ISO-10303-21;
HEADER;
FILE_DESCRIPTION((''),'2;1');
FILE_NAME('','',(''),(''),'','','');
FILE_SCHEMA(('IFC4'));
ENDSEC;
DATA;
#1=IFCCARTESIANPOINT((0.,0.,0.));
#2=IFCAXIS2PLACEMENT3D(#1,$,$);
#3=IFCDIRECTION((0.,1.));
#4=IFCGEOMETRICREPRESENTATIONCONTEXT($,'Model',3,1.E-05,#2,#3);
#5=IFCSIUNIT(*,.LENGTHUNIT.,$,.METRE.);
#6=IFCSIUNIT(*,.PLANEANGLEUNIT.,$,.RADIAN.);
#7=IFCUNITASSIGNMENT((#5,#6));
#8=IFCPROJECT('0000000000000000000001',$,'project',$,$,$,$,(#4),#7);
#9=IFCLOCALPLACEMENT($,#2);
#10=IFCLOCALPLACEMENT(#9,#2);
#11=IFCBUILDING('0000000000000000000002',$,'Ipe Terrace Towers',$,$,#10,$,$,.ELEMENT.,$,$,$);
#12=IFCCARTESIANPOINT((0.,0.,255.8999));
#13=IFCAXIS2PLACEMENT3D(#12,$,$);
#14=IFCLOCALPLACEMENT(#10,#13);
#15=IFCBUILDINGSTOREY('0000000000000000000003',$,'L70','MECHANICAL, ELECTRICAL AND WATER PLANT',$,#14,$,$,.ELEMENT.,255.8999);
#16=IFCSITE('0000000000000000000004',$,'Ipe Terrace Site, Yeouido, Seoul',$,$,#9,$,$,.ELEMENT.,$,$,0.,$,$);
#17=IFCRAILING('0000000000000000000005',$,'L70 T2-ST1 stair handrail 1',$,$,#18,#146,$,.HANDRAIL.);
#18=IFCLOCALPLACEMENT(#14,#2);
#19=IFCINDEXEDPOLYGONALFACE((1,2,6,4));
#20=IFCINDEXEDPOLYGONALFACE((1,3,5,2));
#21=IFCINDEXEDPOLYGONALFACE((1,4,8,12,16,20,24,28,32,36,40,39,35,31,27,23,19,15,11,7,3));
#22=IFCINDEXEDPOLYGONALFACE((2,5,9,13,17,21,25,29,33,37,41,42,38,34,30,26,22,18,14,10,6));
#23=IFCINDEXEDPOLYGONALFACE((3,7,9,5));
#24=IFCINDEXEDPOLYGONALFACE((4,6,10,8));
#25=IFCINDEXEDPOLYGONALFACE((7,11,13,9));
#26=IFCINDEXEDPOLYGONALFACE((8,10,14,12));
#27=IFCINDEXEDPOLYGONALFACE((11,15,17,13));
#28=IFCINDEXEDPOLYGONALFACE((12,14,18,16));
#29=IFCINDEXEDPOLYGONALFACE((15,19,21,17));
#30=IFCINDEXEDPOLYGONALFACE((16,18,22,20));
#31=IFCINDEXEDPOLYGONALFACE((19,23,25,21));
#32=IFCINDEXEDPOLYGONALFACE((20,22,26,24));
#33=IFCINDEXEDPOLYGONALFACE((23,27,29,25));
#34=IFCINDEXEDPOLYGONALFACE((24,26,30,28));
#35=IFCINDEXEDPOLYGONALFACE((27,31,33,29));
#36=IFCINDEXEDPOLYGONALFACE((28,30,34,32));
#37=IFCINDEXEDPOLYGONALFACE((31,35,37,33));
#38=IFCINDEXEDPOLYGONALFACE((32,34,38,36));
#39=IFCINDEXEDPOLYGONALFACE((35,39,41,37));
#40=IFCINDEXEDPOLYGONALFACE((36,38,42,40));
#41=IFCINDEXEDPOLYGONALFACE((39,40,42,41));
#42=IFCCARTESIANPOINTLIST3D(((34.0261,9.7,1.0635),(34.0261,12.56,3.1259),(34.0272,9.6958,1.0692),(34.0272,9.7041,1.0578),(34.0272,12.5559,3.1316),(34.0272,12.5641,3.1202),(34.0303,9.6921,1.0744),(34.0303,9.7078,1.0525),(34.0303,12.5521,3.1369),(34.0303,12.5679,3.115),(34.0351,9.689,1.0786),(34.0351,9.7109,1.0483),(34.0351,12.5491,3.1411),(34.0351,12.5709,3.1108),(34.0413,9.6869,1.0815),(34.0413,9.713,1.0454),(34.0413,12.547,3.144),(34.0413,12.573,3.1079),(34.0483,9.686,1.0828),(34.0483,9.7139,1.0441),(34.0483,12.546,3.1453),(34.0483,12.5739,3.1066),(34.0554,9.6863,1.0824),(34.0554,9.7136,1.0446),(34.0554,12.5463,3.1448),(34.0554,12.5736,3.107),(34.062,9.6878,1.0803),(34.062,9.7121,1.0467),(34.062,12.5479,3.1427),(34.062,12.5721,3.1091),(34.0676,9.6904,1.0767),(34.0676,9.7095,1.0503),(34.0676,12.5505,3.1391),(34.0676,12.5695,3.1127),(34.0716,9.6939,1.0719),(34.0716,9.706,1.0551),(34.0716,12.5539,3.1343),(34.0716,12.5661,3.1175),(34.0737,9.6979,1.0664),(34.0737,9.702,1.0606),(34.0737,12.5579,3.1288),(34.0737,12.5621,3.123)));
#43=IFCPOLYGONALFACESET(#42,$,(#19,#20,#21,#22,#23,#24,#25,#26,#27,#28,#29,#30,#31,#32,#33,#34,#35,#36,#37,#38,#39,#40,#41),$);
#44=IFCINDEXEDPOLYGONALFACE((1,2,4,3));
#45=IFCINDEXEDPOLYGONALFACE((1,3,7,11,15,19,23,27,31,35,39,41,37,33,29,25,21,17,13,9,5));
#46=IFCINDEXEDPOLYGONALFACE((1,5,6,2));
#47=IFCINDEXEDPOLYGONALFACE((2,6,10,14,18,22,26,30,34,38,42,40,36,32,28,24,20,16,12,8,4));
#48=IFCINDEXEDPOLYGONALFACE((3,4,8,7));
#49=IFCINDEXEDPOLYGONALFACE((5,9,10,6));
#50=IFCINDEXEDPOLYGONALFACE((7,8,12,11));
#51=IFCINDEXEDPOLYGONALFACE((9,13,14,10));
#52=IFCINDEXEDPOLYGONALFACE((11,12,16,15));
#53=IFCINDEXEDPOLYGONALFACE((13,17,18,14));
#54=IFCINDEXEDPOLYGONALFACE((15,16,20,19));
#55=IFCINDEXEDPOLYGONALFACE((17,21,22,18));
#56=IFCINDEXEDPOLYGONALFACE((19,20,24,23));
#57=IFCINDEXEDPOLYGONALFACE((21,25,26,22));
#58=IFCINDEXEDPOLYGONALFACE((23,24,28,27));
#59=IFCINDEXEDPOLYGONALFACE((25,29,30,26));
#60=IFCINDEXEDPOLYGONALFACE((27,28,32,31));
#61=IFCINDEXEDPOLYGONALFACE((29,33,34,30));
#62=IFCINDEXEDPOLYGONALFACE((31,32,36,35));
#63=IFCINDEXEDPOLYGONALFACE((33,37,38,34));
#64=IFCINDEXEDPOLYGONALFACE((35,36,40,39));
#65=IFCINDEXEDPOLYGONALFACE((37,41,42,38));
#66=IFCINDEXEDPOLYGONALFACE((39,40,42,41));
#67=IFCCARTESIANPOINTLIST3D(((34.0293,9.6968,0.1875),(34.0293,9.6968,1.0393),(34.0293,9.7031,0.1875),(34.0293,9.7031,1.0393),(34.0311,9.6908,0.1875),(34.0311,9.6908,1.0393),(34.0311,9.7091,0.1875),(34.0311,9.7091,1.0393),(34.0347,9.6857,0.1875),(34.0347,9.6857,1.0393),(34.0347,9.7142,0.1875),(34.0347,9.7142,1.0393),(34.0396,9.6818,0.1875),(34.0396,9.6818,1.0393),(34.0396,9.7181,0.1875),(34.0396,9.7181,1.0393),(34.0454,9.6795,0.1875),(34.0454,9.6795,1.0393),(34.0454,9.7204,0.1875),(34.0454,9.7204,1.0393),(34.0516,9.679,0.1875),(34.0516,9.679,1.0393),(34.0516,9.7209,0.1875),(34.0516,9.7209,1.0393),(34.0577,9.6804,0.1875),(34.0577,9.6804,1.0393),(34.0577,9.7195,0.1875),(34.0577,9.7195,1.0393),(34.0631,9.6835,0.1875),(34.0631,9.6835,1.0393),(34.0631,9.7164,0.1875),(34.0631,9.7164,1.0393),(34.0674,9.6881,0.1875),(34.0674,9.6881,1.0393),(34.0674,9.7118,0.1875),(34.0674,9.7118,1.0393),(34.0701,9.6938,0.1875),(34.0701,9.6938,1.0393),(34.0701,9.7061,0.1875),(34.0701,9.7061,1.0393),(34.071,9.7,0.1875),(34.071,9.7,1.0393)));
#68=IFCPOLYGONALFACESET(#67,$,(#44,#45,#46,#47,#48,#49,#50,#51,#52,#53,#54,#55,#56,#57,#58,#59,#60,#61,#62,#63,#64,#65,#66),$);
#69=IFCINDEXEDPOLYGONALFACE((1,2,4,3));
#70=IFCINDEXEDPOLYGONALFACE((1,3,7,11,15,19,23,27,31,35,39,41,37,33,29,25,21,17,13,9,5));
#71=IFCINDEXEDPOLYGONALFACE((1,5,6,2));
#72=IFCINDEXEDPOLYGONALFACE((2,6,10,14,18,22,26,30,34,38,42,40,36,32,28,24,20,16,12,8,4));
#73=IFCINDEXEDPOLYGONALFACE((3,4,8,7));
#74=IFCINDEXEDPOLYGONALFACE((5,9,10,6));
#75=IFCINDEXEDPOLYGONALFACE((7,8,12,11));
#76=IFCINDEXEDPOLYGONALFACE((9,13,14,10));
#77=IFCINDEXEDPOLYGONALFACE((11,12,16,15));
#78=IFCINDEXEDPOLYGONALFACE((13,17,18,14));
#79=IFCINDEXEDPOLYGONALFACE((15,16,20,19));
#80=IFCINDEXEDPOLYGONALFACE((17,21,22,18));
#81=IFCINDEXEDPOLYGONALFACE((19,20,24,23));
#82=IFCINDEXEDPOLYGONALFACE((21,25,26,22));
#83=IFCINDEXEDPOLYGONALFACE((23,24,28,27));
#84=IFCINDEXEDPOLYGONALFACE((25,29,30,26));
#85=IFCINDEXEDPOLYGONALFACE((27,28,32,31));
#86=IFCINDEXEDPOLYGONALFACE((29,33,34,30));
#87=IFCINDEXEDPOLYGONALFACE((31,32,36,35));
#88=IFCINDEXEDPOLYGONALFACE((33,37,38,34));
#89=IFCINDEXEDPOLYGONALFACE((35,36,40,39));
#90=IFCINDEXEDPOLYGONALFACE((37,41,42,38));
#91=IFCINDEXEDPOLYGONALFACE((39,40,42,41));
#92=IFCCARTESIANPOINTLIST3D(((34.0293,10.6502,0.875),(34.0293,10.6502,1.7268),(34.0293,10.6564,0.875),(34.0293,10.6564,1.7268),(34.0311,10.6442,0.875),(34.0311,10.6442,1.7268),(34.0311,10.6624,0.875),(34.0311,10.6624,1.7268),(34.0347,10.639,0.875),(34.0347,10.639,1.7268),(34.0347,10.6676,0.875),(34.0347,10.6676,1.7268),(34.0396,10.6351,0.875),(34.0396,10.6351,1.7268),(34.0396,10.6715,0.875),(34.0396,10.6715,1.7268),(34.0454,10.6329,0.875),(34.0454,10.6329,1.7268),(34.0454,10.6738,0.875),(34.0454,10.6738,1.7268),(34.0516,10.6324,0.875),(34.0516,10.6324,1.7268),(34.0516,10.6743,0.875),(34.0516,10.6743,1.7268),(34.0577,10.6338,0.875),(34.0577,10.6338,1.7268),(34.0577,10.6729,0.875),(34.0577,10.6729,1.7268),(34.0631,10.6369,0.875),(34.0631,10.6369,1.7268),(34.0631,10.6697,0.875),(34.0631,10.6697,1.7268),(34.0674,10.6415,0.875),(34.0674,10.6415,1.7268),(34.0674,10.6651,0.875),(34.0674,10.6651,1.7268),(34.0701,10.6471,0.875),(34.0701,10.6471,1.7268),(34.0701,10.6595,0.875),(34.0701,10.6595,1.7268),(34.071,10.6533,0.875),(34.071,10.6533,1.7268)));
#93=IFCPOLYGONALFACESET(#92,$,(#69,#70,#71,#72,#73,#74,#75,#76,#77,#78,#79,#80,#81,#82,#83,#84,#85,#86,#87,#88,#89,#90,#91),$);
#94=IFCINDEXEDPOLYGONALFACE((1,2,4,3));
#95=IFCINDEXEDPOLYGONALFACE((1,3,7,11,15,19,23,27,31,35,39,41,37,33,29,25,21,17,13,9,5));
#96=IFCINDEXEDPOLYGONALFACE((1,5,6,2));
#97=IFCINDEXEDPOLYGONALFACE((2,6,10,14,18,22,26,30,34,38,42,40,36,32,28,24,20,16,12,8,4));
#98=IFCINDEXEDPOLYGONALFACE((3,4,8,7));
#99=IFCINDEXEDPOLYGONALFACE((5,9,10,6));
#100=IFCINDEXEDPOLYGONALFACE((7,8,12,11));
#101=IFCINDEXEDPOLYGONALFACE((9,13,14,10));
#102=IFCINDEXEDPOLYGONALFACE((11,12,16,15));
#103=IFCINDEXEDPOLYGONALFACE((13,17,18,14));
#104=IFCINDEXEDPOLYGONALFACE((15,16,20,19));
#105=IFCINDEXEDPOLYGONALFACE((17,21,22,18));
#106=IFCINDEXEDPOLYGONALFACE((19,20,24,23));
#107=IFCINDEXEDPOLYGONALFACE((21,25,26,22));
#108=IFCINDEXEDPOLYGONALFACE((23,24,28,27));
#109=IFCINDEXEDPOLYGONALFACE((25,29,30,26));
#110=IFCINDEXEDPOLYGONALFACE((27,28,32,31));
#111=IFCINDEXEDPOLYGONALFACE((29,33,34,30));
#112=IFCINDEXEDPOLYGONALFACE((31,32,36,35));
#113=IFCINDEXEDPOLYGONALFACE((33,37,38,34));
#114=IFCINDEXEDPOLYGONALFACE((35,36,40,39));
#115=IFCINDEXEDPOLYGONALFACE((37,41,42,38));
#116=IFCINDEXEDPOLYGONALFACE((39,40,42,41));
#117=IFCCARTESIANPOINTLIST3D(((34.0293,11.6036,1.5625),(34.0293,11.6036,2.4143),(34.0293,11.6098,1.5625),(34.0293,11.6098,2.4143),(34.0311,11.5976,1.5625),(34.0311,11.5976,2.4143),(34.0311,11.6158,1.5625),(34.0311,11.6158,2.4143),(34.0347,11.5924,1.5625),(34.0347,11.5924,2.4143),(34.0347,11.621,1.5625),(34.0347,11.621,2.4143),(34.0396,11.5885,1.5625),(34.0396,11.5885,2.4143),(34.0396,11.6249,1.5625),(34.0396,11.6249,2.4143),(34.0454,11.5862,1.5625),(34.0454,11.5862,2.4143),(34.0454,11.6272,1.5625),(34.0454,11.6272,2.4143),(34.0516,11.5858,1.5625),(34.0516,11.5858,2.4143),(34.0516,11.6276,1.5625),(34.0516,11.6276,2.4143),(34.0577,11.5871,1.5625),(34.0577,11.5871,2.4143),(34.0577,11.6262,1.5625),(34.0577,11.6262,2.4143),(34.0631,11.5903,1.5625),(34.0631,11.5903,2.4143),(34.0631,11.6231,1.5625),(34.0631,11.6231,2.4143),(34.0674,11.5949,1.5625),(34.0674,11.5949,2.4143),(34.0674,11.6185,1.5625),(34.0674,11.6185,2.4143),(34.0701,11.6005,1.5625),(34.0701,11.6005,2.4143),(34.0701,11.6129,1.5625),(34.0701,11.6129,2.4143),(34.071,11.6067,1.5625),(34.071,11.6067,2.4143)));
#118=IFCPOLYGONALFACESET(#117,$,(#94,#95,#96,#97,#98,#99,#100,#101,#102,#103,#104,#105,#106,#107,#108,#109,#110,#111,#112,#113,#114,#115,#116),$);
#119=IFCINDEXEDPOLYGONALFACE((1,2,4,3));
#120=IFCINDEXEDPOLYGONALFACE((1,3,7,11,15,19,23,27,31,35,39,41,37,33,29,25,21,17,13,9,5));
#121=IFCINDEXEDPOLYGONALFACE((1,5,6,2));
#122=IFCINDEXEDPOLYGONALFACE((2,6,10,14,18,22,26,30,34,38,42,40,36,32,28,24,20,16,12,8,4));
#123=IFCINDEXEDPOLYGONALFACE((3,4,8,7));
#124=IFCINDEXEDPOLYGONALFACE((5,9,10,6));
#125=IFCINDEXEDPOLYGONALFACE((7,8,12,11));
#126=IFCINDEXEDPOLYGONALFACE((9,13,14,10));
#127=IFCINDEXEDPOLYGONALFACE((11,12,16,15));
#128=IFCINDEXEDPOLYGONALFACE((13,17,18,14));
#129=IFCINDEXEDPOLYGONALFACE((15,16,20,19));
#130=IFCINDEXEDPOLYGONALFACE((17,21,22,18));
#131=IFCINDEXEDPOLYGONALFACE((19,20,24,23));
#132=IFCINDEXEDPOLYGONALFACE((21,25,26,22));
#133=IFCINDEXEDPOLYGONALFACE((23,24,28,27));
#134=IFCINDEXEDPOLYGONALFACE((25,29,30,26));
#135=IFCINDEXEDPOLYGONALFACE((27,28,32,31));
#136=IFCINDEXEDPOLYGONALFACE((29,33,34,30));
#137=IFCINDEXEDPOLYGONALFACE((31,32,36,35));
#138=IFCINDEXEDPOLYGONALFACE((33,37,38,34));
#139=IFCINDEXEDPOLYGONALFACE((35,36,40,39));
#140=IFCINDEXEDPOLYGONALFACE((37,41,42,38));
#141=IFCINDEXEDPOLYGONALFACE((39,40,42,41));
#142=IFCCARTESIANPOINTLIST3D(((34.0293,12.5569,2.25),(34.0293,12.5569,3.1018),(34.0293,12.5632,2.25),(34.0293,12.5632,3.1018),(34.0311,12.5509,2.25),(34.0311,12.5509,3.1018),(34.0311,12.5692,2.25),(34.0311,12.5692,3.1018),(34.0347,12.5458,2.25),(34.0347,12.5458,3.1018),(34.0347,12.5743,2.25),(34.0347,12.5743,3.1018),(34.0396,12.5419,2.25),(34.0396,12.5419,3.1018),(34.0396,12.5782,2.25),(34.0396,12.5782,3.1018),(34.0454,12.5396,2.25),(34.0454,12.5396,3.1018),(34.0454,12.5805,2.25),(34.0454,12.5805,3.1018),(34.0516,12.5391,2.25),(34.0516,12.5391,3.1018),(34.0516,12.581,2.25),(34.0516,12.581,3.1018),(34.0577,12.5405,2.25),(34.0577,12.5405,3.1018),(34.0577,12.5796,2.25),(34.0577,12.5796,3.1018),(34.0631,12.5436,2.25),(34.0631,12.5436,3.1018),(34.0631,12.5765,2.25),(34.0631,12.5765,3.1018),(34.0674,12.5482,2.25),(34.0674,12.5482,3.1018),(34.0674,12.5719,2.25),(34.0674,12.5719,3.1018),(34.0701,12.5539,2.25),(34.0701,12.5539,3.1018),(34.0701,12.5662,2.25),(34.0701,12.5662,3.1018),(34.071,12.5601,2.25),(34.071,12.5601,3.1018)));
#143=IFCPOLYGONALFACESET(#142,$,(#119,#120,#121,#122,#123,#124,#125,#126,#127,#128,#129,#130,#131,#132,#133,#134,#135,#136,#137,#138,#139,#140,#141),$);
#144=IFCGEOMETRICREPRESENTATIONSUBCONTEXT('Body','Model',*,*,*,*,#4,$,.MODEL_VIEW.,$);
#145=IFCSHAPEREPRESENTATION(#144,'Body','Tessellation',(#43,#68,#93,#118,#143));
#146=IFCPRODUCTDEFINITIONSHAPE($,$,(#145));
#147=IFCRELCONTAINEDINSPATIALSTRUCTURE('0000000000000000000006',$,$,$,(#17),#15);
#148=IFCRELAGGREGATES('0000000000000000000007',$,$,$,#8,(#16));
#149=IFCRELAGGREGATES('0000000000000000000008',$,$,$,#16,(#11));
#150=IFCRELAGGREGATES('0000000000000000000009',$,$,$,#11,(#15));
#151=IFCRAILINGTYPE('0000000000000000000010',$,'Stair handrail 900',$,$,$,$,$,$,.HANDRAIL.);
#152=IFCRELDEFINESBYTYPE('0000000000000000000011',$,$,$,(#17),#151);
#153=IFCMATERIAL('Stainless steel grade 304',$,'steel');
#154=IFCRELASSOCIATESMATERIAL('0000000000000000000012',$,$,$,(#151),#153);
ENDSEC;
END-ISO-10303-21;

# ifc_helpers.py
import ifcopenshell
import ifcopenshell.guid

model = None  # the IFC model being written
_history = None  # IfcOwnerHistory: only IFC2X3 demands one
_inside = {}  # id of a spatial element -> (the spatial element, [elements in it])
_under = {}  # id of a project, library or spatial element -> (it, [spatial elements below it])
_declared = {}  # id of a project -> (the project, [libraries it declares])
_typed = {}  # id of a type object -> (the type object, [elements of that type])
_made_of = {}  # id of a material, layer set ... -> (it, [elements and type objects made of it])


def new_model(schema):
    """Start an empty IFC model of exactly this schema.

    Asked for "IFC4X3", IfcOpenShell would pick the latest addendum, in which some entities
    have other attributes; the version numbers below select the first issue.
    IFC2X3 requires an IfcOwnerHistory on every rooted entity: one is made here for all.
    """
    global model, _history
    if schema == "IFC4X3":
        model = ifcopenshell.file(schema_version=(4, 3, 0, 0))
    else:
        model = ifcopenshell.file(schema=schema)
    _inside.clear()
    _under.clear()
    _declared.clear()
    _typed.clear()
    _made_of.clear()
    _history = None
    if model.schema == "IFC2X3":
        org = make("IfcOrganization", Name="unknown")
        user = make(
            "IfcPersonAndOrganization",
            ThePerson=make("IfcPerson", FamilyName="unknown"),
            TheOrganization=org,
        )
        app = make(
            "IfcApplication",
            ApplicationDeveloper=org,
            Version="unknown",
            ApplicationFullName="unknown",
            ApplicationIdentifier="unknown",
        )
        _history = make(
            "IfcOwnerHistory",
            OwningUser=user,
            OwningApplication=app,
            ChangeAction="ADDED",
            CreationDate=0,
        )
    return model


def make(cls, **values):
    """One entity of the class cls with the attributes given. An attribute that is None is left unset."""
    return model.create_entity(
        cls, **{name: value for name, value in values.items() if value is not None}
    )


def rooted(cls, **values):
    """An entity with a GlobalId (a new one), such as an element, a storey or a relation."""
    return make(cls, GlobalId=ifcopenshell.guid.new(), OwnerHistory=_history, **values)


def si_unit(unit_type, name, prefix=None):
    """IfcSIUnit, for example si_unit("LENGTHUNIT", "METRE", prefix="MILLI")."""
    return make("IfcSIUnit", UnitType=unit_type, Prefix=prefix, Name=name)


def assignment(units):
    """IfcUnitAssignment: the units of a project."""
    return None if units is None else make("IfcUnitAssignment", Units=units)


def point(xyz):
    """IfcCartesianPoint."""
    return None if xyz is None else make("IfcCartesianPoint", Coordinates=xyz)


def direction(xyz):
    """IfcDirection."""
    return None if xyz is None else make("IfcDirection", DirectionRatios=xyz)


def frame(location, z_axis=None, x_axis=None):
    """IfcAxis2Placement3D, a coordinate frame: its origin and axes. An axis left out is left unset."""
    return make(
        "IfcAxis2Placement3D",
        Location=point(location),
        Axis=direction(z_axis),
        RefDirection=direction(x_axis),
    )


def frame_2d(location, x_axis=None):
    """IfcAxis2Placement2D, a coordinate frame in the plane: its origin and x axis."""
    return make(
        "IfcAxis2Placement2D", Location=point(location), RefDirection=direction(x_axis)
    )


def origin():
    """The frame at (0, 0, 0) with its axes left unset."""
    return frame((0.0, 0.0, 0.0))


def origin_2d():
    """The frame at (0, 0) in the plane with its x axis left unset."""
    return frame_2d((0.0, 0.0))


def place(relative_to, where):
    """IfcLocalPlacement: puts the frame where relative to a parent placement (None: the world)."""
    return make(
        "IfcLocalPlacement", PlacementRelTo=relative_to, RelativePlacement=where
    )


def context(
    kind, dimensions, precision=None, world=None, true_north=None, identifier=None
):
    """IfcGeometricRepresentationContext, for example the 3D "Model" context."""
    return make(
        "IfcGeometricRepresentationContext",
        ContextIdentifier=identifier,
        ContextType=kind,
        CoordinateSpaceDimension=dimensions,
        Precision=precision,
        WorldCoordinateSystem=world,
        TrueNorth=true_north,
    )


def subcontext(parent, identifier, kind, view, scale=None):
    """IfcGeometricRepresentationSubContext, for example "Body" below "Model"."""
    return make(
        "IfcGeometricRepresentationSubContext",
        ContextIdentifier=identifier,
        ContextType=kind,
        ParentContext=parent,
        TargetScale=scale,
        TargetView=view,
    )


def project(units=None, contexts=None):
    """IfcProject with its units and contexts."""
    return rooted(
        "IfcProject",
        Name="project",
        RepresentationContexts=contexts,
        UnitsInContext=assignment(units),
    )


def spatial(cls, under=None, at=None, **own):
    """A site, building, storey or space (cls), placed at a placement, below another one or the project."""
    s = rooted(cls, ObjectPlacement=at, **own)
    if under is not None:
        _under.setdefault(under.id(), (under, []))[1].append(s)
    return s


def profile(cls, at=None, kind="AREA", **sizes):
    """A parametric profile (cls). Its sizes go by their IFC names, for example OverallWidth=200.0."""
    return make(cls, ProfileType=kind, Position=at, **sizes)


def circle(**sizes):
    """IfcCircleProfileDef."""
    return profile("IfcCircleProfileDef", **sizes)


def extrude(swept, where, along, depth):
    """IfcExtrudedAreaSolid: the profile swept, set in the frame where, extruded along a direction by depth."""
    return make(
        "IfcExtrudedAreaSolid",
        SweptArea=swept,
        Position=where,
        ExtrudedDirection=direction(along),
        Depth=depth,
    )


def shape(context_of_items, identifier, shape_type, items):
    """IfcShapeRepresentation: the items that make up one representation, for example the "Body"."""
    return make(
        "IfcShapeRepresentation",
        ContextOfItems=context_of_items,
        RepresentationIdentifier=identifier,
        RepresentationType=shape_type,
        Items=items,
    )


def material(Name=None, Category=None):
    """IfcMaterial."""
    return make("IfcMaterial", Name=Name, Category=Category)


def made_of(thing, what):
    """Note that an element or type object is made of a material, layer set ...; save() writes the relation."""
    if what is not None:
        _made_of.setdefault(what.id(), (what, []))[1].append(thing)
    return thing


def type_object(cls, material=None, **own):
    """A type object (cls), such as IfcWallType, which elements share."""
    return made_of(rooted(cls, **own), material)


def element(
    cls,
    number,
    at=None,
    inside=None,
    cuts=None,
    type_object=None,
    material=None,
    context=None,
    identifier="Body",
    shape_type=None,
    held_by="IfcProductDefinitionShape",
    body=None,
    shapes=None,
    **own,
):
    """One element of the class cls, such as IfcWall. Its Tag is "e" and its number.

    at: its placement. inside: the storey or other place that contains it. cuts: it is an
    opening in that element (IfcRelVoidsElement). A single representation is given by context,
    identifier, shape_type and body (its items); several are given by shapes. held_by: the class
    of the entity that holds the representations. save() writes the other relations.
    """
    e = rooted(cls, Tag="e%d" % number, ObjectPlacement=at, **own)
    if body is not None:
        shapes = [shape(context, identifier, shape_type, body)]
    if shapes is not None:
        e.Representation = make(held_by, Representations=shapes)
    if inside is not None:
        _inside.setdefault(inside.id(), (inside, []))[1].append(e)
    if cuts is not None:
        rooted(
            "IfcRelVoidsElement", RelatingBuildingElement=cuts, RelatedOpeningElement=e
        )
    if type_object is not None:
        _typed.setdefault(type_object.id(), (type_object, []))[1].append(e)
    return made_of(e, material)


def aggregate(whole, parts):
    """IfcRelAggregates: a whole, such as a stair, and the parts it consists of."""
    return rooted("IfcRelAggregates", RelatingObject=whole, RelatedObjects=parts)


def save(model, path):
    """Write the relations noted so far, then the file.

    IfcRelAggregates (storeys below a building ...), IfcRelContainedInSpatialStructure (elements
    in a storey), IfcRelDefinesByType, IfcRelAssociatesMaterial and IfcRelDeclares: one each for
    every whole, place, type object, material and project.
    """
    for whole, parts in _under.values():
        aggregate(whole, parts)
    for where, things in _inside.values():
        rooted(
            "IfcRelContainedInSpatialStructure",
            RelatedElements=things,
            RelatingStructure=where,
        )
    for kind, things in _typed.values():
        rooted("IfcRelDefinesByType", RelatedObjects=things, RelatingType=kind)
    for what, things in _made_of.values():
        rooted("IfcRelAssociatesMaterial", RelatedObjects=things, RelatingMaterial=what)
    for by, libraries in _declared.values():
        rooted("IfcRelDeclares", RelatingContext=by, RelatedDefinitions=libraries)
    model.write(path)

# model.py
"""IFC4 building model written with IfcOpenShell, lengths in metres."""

from ifc_helpers import new_model, si_unit, direction, frame, origin, origin_2d, place, context, subcontext, project, spatial, circle, extrude, material, type_object, element, save


model = new_model("IFC4")

# Units and contexts
model_context = context("Model", 3, precision=1e-05, world=origin(), true_north=direction((0.0, 1.0)))
body_context = subcontext(model_context, "Body", "Model", "MODEL_VIEW")
ifc_project = project(units=[si_unit("LENGTHUNIT", "METRE"), si_unit("PLANEANGLEUNIT", "RADIAN")], contexts=[model_context])

# Site, building, storey
site_placement = place(None, origin())
site = spatial("IfcSite", under=ifc_project, at=site_placement, Name="Ipe Terrace Site, Yeouido, Seoul", CompositionType="ELEMENT", RefElevation=0.0)
building_placement = place(site_placement, origin())
building = spatial("IfcBuilding", under=site, at=building_placement, Name="Ipe Terrace Towers", CompositionType="ELEMENT")
storey_placement = place(building_placement, frame((0.0, 0.0, 255.8999)))
storey = spatial("IfcBuildingStorey", under=building, at=storey_placement, Name="L70", Description="MECHANICAL, ELECTRICAL AND WATER PLANT", CompositionType="ELEMENT", Elevation=255.8999)

# Railing
ifc_material_1 = material(Name="Stainless steel grade 304", Category="steel")
railing_type_1 = type_object("IfcRailingType", Name="Stair handrail 900", PredefinedType="HANDRAIL", material=ifc_material_1)
railing_1_placement = place(storey_placement, frame((34.05, 9.7, 0.1875)))
element("IfcRailing", 1, at=railing_1_placement, inside=storey, type_object=railing_type_1, Name="L70 T2-ST1 stair handrail 1", PredefinedType="HANDRAIL", context=body_context, shape_type="SweptSolid", body=[
    extrude(circle(Radius=0.0239, at=origin_2d()), frame((0.0, 0.0, 0.876), z_axis=(0.0, 0.811101, 0.584906), x_axis=(-1.0, 0.0, 0.0)), (0.0, 0.0, 1.0), 3.5261),
    extrude(circle(Radius=0.021, at=origin_2d()), origin(), (0.0, 0.0, 1.0), 0.8518),
    extrude(circle(Radius=0.021, at=origin_2d()), frame((0.0, 0.9534, 0.6875)), (0.0, 0.0, 1.0), 0.8518),
    extrude(circle(Radius=0.021, at=origin_2d()), frame((0.0, 1.9067, 1.375)), (0.0, 0.0, 1.0), 0.8518),
    extrude(circle(Radius=0.021, at=origin_2d()), frame((0.0, 2.8601, 2.0625)), (0.0, 0.0, 1.0), 0.8518),
])

save(model, "model.ifc")
